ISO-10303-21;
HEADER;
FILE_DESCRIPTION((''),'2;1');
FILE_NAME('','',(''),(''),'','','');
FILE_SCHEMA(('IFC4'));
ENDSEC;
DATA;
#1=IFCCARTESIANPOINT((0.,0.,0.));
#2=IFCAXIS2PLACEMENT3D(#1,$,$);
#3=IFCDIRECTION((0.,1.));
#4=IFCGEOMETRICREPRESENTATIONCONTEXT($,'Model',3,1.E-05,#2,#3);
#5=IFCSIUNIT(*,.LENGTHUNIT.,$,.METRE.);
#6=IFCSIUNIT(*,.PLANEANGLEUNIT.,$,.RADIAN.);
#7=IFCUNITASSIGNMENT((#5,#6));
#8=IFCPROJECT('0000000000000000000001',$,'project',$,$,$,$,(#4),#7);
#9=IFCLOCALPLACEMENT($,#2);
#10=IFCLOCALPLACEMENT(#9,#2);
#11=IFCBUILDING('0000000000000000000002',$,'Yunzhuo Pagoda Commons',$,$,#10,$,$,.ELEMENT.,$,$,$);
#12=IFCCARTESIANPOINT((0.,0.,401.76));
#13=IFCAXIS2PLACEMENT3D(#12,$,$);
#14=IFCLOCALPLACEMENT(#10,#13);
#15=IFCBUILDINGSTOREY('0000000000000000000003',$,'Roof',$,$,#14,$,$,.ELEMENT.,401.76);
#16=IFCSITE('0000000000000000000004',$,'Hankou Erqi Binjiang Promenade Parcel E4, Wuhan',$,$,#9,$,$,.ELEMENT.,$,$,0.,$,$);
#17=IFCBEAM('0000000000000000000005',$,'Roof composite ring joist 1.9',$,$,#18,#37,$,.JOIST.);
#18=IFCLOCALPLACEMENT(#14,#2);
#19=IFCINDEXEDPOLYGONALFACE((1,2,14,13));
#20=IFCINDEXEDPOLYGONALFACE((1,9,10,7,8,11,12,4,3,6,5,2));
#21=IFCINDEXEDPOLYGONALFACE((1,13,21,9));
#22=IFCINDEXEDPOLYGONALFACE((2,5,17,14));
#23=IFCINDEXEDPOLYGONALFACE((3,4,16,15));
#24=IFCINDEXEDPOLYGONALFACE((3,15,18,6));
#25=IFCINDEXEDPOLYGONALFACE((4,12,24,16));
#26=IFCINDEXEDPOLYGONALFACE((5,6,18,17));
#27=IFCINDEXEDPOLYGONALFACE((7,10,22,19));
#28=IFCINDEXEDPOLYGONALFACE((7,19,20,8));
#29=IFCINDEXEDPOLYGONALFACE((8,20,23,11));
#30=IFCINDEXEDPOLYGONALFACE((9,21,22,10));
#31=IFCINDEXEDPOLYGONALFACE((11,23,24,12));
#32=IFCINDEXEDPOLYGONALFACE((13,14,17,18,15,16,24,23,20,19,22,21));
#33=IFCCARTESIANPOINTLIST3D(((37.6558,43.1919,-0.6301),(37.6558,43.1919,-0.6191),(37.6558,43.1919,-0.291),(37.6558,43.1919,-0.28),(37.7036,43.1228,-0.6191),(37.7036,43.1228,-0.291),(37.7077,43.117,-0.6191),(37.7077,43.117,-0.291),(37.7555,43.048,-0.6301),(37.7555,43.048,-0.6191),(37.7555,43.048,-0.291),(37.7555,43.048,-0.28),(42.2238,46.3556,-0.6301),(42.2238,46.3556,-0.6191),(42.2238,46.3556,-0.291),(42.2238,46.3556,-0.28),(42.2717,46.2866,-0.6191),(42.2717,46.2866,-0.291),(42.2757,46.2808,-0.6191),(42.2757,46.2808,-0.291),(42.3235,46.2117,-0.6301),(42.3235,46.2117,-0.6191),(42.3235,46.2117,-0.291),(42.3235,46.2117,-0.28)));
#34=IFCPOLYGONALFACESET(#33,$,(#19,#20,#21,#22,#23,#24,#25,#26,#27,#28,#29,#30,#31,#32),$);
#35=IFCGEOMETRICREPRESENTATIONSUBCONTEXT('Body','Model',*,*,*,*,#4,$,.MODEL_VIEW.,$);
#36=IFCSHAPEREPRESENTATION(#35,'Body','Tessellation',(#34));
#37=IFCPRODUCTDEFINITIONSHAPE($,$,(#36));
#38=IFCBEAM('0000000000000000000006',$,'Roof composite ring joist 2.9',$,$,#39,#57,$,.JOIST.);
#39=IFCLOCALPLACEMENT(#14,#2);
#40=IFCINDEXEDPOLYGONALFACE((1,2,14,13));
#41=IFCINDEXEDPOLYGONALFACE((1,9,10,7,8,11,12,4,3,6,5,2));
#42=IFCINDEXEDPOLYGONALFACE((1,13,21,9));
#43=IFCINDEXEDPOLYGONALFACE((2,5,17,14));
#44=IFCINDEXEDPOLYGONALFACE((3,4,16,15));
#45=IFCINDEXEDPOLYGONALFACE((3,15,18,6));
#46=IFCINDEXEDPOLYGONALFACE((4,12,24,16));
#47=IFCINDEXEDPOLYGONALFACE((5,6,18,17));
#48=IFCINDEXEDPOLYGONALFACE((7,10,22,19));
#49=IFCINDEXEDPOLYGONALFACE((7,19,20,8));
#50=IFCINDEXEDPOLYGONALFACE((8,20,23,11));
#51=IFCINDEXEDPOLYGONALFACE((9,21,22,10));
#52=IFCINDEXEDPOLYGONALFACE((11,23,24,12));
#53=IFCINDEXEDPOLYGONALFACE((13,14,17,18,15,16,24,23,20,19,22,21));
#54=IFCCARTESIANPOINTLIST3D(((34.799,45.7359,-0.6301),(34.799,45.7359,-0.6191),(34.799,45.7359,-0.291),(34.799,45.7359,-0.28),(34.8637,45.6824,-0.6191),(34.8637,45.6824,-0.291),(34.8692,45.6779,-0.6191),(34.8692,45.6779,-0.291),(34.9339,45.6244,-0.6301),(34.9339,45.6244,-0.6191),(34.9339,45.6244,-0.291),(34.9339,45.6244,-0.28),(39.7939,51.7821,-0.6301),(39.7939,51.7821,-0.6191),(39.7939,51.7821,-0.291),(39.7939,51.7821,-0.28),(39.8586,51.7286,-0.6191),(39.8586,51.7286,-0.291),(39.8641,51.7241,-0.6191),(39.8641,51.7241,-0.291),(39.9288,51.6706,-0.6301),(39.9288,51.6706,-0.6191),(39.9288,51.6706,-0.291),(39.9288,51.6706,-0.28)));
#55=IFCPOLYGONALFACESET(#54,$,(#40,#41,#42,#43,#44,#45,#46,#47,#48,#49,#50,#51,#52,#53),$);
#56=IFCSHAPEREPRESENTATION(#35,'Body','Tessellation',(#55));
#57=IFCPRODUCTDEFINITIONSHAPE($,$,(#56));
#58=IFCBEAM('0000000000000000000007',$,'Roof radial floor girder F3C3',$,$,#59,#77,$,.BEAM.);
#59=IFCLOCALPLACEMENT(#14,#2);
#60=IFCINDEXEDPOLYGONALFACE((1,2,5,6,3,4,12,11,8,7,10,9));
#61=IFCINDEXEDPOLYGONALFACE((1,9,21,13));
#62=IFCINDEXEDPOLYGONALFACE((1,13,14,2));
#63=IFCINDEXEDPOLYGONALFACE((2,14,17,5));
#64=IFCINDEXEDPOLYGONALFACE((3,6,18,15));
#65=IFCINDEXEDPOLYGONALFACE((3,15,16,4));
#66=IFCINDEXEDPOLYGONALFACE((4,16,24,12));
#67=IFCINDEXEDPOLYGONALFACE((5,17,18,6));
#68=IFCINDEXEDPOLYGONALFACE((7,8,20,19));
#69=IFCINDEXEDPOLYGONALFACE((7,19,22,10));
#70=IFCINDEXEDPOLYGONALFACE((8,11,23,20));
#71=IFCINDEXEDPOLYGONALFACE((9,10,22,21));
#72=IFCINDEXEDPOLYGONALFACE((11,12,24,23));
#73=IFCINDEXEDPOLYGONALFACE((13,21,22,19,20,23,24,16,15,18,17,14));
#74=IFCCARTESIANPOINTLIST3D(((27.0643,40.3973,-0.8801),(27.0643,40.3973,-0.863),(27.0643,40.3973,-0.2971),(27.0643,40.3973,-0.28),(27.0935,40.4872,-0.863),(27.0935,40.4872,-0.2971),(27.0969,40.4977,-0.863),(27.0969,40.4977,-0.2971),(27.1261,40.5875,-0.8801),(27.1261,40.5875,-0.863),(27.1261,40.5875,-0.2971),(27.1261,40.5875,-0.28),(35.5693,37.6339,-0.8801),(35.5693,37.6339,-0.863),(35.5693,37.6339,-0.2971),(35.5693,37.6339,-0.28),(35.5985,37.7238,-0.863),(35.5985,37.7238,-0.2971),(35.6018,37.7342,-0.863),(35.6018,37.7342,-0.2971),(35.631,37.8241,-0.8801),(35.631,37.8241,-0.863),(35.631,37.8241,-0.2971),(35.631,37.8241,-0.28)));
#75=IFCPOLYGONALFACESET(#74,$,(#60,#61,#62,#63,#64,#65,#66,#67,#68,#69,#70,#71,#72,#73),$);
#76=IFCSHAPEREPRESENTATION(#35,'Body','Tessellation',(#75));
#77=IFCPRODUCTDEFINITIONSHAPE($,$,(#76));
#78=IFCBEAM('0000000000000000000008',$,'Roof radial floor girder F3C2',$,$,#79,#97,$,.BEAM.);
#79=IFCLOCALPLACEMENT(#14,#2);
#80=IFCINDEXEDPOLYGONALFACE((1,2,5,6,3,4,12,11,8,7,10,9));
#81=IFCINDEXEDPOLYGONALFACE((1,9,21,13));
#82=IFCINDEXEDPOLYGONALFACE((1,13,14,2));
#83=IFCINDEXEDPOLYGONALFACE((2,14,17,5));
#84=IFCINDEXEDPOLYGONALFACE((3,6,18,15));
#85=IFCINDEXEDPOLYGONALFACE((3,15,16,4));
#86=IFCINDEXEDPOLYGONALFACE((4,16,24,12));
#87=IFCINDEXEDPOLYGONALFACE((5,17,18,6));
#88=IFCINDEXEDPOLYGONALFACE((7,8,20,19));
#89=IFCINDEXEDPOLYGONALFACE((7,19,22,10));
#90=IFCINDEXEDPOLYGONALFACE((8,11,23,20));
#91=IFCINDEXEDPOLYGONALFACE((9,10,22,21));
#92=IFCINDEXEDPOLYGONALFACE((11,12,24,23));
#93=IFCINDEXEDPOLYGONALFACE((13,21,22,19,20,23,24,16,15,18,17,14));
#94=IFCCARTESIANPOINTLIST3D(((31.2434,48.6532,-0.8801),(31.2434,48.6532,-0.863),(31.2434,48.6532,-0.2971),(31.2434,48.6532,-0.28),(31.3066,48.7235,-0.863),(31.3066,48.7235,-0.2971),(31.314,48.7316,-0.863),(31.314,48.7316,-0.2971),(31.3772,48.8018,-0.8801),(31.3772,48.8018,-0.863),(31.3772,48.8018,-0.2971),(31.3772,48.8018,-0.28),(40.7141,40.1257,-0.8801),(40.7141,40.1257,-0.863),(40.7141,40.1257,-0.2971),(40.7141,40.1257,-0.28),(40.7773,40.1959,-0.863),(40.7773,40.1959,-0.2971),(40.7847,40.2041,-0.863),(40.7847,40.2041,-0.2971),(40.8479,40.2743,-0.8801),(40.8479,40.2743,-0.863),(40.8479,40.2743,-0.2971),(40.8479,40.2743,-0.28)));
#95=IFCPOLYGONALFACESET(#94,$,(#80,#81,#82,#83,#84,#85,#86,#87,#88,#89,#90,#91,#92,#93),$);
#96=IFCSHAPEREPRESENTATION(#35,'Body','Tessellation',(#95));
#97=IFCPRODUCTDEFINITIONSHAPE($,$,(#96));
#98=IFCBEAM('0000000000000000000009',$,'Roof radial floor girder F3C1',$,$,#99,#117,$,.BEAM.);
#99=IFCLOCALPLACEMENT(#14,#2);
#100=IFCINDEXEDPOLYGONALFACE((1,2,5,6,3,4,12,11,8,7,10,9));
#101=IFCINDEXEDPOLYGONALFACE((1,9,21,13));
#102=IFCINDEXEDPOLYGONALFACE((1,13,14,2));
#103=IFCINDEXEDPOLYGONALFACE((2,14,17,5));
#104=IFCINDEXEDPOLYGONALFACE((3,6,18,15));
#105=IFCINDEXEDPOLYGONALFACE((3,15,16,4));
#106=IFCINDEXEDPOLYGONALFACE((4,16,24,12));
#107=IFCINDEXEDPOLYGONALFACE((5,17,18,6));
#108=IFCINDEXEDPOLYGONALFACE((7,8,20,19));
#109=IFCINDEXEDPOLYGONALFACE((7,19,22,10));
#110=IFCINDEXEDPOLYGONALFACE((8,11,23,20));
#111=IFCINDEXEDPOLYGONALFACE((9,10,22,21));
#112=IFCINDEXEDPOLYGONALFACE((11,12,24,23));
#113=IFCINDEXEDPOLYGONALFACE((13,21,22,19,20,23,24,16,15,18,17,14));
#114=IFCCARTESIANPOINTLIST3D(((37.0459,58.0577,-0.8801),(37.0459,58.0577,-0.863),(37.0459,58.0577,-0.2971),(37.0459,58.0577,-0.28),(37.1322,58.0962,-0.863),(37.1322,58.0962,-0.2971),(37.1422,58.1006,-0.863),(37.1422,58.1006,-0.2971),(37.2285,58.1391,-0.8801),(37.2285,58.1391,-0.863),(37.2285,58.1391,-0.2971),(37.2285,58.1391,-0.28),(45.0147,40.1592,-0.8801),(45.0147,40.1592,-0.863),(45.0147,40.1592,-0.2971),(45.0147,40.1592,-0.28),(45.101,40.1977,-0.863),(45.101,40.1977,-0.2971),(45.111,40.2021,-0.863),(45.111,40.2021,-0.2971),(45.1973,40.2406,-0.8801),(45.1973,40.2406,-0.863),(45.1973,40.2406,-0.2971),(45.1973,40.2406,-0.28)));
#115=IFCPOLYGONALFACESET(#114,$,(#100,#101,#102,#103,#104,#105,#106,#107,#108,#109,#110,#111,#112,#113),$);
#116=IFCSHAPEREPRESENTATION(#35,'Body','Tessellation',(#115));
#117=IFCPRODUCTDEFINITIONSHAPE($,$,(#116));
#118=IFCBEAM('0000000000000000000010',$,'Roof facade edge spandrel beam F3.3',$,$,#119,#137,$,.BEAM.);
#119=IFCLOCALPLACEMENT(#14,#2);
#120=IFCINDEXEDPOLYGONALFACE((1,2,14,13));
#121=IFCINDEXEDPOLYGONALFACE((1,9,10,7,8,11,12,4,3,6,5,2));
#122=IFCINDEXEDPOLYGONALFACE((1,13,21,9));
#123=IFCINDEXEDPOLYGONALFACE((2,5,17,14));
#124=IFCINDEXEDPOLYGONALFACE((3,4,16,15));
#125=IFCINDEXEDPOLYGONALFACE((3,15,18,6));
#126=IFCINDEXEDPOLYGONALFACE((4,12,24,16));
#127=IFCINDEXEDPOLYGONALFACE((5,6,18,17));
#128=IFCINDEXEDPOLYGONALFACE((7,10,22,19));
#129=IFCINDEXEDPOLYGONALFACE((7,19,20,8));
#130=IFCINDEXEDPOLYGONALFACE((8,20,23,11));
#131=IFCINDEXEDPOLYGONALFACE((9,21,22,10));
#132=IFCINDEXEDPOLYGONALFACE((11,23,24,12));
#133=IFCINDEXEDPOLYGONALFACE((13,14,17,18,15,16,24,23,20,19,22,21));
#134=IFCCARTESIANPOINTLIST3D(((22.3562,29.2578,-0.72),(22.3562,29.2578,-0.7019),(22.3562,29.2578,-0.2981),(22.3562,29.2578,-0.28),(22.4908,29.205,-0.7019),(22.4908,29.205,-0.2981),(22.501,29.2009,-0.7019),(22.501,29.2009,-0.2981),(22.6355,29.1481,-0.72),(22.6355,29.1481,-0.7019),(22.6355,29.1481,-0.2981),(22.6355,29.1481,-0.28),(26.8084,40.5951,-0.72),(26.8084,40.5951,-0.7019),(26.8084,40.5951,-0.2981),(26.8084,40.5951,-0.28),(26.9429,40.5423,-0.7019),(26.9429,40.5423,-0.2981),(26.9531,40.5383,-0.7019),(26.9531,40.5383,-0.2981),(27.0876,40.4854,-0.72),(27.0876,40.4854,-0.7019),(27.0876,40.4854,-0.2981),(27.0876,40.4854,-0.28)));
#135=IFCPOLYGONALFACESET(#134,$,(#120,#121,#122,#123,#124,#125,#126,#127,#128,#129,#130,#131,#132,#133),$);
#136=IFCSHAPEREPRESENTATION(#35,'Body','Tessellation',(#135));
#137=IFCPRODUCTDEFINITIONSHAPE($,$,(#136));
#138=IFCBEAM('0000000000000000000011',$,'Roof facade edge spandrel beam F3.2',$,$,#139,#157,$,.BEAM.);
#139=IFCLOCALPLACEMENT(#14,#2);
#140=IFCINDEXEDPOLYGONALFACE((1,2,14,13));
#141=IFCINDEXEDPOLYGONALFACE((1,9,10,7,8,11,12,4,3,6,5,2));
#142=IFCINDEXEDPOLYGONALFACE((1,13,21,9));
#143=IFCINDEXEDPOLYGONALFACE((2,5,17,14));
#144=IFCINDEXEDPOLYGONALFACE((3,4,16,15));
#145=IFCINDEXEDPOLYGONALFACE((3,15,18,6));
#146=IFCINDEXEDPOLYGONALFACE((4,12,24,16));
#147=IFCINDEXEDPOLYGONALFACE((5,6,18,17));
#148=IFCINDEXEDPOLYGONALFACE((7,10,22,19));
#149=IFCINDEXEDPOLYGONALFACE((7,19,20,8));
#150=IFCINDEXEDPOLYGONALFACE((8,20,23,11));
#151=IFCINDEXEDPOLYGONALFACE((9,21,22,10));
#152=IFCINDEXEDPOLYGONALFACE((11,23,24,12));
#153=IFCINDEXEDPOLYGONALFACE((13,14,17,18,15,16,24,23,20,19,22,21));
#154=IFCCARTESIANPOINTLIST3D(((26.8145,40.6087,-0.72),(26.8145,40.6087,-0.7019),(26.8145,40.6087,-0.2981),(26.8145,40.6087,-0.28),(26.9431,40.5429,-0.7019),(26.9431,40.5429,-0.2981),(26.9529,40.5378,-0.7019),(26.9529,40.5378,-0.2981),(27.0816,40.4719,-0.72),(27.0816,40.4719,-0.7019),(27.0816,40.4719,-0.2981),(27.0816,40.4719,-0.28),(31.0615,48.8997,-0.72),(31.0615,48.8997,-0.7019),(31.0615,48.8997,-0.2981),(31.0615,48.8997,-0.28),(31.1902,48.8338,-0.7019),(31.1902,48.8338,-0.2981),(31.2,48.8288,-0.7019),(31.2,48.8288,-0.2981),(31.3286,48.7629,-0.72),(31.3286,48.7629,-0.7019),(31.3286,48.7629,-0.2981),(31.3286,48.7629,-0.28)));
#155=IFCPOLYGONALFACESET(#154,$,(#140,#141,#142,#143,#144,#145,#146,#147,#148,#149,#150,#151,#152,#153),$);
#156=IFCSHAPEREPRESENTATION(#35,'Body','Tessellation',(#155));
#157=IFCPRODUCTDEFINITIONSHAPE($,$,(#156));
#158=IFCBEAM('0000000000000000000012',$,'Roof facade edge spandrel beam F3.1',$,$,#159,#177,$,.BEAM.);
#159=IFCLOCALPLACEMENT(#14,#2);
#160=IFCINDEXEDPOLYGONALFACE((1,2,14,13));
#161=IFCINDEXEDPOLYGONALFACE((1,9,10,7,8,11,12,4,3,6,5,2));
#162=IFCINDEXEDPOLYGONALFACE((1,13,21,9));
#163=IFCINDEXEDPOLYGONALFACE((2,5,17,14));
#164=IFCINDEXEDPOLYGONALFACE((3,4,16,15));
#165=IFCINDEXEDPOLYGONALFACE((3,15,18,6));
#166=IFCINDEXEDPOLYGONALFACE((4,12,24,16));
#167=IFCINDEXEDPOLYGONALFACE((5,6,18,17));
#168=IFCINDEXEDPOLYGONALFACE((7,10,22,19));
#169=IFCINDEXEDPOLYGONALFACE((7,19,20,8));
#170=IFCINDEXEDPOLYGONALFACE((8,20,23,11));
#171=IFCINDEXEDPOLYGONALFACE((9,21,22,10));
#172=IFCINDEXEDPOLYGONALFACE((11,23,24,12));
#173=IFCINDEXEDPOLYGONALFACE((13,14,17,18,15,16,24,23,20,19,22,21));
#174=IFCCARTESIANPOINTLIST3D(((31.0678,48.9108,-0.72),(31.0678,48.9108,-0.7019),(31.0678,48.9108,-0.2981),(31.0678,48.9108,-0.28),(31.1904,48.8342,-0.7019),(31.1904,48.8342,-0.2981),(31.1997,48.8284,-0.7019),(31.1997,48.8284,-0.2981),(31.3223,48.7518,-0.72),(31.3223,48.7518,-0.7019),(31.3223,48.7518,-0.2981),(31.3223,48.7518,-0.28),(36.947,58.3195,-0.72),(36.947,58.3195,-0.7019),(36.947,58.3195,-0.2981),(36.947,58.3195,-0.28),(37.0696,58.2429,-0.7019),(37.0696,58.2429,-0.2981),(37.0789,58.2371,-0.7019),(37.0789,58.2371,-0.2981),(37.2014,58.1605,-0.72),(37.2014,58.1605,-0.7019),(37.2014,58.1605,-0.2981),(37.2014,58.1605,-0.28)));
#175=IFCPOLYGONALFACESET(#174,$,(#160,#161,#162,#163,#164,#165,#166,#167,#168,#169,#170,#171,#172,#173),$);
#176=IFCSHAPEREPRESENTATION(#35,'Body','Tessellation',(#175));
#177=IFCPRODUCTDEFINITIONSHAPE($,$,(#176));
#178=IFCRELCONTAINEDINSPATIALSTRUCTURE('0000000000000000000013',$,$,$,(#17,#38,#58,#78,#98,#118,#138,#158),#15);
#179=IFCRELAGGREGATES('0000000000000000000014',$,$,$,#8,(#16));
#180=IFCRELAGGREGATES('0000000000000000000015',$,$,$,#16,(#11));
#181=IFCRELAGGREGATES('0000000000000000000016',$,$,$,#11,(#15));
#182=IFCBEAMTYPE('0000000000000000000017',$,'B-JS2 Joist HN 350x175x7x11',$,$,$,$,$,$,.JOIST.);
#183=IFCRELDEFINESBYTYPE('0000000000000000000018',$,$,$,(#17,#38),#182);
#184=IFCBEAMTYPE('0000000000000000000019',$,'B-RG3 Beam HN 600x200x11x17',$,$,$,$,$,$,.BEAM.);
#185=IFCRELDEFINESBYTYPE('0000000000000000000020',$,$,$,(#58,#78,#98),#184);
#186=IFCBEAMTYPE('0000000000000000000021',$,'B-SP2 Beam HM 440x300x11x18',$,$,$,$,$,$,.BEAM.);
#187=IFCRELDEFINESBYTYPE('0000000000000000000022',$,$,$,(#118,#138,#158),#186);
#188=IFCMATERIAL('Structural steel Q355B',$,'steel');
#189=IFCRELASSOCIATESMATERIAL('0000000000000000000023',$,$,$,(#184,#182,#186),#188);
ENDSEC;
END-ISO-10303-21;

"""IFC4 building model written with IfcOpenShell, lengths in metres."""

from ifc_helpers import new_model, si_unit, direction, frame, origin, origin_2d, place, context, subcontext, project, spatial, i_section, extrude, source, transform, mapped, material, material_profile, profile_set, type_object, element, save


model = new_model("IFC4")

# Units and contexts
model_context = context("Model", 3, precision=1e-05, world=origin(), true_north=direction((0.0, 1.0)))
body_context = subcontext(model_context, "Body", "Model", "MODEL_VIEW")
ifc_project = project(units=[si_unit("LENGTHUNIT", "METRE"), si_unit("PLANEANGLEUNIT", "RADIAN")], contexts=[model_context])

# Site, building, storey
site_placement = place(None, origin())
site = spatial("IfcSite", under=ifc_project, at=site_placement, Name="Hankou Erqi Binjiang Promenade Parcel E4, Wuhan", CompositionType="ELEMENT", RefElevation=0.0)
building_placement = place(site_placement, origin())
building = spatial("IfcBuilding", under=site, at=building_placement, Name="Yunzhuo Pagoda Commons", CompositionType="ELEMENT")
storey_placement = place(building_placement, frame((0.0, 0.0, 401.76)))
storey = spatial("IfcBuildingStorey", under=building, at=storey_placement, Name="Roof", CompositionType="ELEMENT", Elevation=401.76)

# Beams
ifc_material_1 = material(Name="Structural steel Q355B", Category="steel")
ifc_material_profile_1 = material_profile(ifc_material_1, i_section(OverallWidth=0.2, OverallDepth=0.6001, WebThickness=0.011, FlangeThickness=0.0171, at=origin_2d()), Name="Structural steel Q355B")
ifc_profile_set_1 = profile_set([ifc_material_profile_1], Name="Structural steel Q355B")
beam_type_1 = type_object("IfcBeamType", Name="B-RG3 Beam HN 600x200x11x17", PredefinedType="BEAM", material=ifc_profile_set_1)
ifc_material_profile_2 = material_profile(ifc_material_1, i_section(OverallWidth=0.175, OverallDepth=0.3501, WebThickness=0.0071, FlangeThickness=0.011, at=origin_2d()), Name="Structural steel Q355B")
ifc_profile_set_2 = profile_set([ifc_material_profile_2], Name="Structural steel Q355B")
beam_type_2 = type_object("IfcBeamType", Name="B-JS2 Joist HN 350x175x7x11", PredefinedType="JOIST", material=ifc_profile_set_2)
shared_shape_1 = source(origin(), body_context, "Body", "SweptSolid", [
    extrude(i_section(OverallWidth=0.175, OverallDepth=0.3501, WebThickness=0.0071, FlangeThickness=0.011, at=origin_2d()), origin(), (0.0, 0.0, 1.0), 5.5566),
])
beam_1_placement = place(storey_placement, frame((42.2737, 46.2837, -0.4551), z_axis=(-0.822085, -0.569365, 0.0), x_axis=(0.569365, -0.822085, 0.0)))
element("IfcBeam", 1, at=beam_1_placement, inside=storey, type_object=beam_type_2, Name="Roof composite ring joist 1.9", PredefinedType="JOIST", context=body_context, shape_type="MappedRepresentation", body=[
    mapped(shared_shape_1, transform((0.0, 0.0, 0.0), scale=1.0)),
])
shared_shape_2 = source(origin(), body_context, "Body", "SweptSolid", [
    extrude(i_section(OverallWidth=0.175, OverallDepth=0.3501, WebThickness=0.0071, FlangeThickness=0.011, at=origin_2d()), origin(), (0.0, 0.0, 1.0), 7.8425),
])
beam_2_placement = place(storey_placement, frame((39.8613, 51.7263, -0.4551), z_axis=(-0.636899, -0.770947, 0.0), x_axis=(0.770947, -0.636899, 0.0)))
element("IfcBeam", 2, at=beam_2_placement, inside=storey, type_object=beam_type_2, Name="Roof composite ring joist 2.9", PredefinedType="JOIST", context=body_context, shape_type="MappedRepresentation", body=[
    mapped(shared_shape_2, transform((0.0, 0.0, 0.0), scale=1.0)),
])
shared_shape_3 = source(origin(), body_context, "Body", "SweptSolid", [
    extrude(i_section(OverallWidth=0.2, OverallDepth=0.6001, WebThickness=0.011, FlangeThickness=0.0171, at=origin_2d()), origin(), (0.0, 0.0, 1.0), 8.9426),
])
beam_3_placement = place(storey_placement, frame((27.0952, 40.4924, -0.5801), z_axis=(0.951056, -0.309019, 0.0), x_axis=(0.309019, 0.951056, 0.0)))
element("IfcBeam", 3, at=beam_3_placement, inside=storey, type_object=beam_type_1, Name="Roof radial floor girder F3C3", PredefinedType="BEAM", context=body_context, shape_type="MappedRepresentation", body=[
    mapped(shared_shape_3, transform((0.0, 0.0, 0.0), scale=1.0)),
])
shared_shape_4 = source(origin(), body_context, "Body", "SweptSolid", [
    extrude(i_section(OverallWidth=0.2, OverallDepth=0.6001, WebThickness=0.011, FlangeThickness=0.0171, at=origin_2d()), origin(), (0.0, 0.0, 1.0), 12.7441),
])
beam_4_placement = place(storey_placement, frame((31.3103, 48.7275, -0.5801), z_axis=(0.74314, -0.669136, 0.0), x_axis=(0.669136, 0.74314, 0.0)))
element("IfcBeam", 4, at=beam_4_placement, inside=storey, type_object=beam_type_1, Name="Roof radial floor girder F3C2", PredefinedType="BEAM", context=body_context, shape_type="MappedRepresentation", body=[
    mapped(shared_shape_4, transform((0.0, 0.0, 0.0), scale=1.0)),
])
shared_shape_5 = source(origin(), body_context, "Body", "SweptSolid", [
    extrude(i_section(OverallWidth=0.2, OverallDepth=0.6001, WebThickness=0.011, FlangeThickness=0.0171, at=origin_2d()), origin(), (0.0, 0.0, 1.0), 19.5923),
])
beam_5_placement = place(storey_placement, frame((37.1372, 58.0984, -0.5801), z_axis=(0.40673, -0.913548, 0.0), x_axis=(0.913548, 0.40673, 0.0)))
element("IfcBeam", 5, at=beam_5_placement, inside=storey, type_object=beam_type_1, Name="Roof radial floor girder F3C1", PredefinedType="BEAM", context=body_context, shape_type="MappedRepresentation", body=[
    mapped(shared_shape_5, transform((0.0, 0.0, 0.0), scale=1.0)),
])
ifc_material_profile_3 = material_profile(ifc_material_1, i_section(OverallWidth=0.3, OverallDepth=0.4399, WebThickness=0.011, FlangeThickness=0.0181, at=origin_2d()), Name="Structural steel Q355B")
ifc_profile_set_3 = profile_set([ifc_material_profile_3], Name="Structural steel Q355B")
beam_type_3 = type_object("IfcBeamType", Name="B-SP2 Beam HM 440x300x11x18", PredefinedType="BEAM", material=ifc_profile_set_3)
shared_shape_6 = source(origin(), body_context, "Body", "SweptSolid", [
    extrude(i_section(OverallWidth=0.3, OverallDepth=0.4399, WebThickness=0.011, FlangeThickness=0.0181, at=origin_2d()), origin(), (0.0, 0.0, 1.0), 12.1802),
])
beam_6_placement = place(storey_placement, frame((26.948, 40.5403, -0.5), z_axis=(-0.365522, -0.930803, 0.0), x_axis=(0.930803, -0.365522, 0.0)))
element("IfcBeam", 6, at=beam_6_placement, inside=storey, type_object=beam_type_3, Name="Roof facade edge spandrel beam F3.3", PredefinedType="BEAM", context=body_context, shape_type="MappedRepresentation", body=[
    mapped(shared_shape_6, transform((0.0, 0.0, 0.0), scale=1.0)),
])
shared_shape_7 = source(origin(), body_context, "Body", "SweptSolid", [
    extrude(i_section(OverallWidth=0.3, OverallDepth=0.4399, WebThickness=0.011, FlangeThickness=0.0181, at=origin_2d()), origin(), (0.0, 0.0, 1.0), 9.3154),
])
beam_7_placement = place(storey_placement, frame((31.1951, 48.8313, -0.5), z_axis=(-0.455914, -0.890024, 0.0), x_axis=(0.890024, -0.455914, 0.0)))
element("IfcBeam", 7, at=beam_7_placement, inside=storey, type_object=beam_type_3, Name="Roof facade edge spandrel beam F3.2", PredefinedType="BEAM", context=body_context, shape_type="MappedRepresentation", body=[
    mapped(shared_shape_7, transform((0.0, 0.0, 0.0), scale=1.0)),
])
shared_shape_8 = source(origin(), body_context, "Body", "SweptSolid", [
    extrude(i_section(OverallWidth=0.3, OverallDepth=0.4399, WebThickness=0.011, FlangeThickness=0.0181, at=origin_2d()), origin(), (0.0, 0.0, 1.0), 11.0945),
])
beam_8_placement = place(storey_placement, frame((37.0742, 58.24, -0.5), z_axis=(-0.529916, -0.84805, 0.0), x_axis=(0.84805, -0.529916, 0.0)))
element("IfcBeam", 8, at=beam_8_placement, inside=storey, type_object=beam_type_3, Name="Roof facade edge spandrel beam F3.1", PredefinedType="BEAM", context=body_context, shape_type="MappedRepresentation", body=[
    mapped(shared_shape_8, transform((0.0, 0.0, 0.0), scale=1.0)),
])

save(model, "model.ifc")
